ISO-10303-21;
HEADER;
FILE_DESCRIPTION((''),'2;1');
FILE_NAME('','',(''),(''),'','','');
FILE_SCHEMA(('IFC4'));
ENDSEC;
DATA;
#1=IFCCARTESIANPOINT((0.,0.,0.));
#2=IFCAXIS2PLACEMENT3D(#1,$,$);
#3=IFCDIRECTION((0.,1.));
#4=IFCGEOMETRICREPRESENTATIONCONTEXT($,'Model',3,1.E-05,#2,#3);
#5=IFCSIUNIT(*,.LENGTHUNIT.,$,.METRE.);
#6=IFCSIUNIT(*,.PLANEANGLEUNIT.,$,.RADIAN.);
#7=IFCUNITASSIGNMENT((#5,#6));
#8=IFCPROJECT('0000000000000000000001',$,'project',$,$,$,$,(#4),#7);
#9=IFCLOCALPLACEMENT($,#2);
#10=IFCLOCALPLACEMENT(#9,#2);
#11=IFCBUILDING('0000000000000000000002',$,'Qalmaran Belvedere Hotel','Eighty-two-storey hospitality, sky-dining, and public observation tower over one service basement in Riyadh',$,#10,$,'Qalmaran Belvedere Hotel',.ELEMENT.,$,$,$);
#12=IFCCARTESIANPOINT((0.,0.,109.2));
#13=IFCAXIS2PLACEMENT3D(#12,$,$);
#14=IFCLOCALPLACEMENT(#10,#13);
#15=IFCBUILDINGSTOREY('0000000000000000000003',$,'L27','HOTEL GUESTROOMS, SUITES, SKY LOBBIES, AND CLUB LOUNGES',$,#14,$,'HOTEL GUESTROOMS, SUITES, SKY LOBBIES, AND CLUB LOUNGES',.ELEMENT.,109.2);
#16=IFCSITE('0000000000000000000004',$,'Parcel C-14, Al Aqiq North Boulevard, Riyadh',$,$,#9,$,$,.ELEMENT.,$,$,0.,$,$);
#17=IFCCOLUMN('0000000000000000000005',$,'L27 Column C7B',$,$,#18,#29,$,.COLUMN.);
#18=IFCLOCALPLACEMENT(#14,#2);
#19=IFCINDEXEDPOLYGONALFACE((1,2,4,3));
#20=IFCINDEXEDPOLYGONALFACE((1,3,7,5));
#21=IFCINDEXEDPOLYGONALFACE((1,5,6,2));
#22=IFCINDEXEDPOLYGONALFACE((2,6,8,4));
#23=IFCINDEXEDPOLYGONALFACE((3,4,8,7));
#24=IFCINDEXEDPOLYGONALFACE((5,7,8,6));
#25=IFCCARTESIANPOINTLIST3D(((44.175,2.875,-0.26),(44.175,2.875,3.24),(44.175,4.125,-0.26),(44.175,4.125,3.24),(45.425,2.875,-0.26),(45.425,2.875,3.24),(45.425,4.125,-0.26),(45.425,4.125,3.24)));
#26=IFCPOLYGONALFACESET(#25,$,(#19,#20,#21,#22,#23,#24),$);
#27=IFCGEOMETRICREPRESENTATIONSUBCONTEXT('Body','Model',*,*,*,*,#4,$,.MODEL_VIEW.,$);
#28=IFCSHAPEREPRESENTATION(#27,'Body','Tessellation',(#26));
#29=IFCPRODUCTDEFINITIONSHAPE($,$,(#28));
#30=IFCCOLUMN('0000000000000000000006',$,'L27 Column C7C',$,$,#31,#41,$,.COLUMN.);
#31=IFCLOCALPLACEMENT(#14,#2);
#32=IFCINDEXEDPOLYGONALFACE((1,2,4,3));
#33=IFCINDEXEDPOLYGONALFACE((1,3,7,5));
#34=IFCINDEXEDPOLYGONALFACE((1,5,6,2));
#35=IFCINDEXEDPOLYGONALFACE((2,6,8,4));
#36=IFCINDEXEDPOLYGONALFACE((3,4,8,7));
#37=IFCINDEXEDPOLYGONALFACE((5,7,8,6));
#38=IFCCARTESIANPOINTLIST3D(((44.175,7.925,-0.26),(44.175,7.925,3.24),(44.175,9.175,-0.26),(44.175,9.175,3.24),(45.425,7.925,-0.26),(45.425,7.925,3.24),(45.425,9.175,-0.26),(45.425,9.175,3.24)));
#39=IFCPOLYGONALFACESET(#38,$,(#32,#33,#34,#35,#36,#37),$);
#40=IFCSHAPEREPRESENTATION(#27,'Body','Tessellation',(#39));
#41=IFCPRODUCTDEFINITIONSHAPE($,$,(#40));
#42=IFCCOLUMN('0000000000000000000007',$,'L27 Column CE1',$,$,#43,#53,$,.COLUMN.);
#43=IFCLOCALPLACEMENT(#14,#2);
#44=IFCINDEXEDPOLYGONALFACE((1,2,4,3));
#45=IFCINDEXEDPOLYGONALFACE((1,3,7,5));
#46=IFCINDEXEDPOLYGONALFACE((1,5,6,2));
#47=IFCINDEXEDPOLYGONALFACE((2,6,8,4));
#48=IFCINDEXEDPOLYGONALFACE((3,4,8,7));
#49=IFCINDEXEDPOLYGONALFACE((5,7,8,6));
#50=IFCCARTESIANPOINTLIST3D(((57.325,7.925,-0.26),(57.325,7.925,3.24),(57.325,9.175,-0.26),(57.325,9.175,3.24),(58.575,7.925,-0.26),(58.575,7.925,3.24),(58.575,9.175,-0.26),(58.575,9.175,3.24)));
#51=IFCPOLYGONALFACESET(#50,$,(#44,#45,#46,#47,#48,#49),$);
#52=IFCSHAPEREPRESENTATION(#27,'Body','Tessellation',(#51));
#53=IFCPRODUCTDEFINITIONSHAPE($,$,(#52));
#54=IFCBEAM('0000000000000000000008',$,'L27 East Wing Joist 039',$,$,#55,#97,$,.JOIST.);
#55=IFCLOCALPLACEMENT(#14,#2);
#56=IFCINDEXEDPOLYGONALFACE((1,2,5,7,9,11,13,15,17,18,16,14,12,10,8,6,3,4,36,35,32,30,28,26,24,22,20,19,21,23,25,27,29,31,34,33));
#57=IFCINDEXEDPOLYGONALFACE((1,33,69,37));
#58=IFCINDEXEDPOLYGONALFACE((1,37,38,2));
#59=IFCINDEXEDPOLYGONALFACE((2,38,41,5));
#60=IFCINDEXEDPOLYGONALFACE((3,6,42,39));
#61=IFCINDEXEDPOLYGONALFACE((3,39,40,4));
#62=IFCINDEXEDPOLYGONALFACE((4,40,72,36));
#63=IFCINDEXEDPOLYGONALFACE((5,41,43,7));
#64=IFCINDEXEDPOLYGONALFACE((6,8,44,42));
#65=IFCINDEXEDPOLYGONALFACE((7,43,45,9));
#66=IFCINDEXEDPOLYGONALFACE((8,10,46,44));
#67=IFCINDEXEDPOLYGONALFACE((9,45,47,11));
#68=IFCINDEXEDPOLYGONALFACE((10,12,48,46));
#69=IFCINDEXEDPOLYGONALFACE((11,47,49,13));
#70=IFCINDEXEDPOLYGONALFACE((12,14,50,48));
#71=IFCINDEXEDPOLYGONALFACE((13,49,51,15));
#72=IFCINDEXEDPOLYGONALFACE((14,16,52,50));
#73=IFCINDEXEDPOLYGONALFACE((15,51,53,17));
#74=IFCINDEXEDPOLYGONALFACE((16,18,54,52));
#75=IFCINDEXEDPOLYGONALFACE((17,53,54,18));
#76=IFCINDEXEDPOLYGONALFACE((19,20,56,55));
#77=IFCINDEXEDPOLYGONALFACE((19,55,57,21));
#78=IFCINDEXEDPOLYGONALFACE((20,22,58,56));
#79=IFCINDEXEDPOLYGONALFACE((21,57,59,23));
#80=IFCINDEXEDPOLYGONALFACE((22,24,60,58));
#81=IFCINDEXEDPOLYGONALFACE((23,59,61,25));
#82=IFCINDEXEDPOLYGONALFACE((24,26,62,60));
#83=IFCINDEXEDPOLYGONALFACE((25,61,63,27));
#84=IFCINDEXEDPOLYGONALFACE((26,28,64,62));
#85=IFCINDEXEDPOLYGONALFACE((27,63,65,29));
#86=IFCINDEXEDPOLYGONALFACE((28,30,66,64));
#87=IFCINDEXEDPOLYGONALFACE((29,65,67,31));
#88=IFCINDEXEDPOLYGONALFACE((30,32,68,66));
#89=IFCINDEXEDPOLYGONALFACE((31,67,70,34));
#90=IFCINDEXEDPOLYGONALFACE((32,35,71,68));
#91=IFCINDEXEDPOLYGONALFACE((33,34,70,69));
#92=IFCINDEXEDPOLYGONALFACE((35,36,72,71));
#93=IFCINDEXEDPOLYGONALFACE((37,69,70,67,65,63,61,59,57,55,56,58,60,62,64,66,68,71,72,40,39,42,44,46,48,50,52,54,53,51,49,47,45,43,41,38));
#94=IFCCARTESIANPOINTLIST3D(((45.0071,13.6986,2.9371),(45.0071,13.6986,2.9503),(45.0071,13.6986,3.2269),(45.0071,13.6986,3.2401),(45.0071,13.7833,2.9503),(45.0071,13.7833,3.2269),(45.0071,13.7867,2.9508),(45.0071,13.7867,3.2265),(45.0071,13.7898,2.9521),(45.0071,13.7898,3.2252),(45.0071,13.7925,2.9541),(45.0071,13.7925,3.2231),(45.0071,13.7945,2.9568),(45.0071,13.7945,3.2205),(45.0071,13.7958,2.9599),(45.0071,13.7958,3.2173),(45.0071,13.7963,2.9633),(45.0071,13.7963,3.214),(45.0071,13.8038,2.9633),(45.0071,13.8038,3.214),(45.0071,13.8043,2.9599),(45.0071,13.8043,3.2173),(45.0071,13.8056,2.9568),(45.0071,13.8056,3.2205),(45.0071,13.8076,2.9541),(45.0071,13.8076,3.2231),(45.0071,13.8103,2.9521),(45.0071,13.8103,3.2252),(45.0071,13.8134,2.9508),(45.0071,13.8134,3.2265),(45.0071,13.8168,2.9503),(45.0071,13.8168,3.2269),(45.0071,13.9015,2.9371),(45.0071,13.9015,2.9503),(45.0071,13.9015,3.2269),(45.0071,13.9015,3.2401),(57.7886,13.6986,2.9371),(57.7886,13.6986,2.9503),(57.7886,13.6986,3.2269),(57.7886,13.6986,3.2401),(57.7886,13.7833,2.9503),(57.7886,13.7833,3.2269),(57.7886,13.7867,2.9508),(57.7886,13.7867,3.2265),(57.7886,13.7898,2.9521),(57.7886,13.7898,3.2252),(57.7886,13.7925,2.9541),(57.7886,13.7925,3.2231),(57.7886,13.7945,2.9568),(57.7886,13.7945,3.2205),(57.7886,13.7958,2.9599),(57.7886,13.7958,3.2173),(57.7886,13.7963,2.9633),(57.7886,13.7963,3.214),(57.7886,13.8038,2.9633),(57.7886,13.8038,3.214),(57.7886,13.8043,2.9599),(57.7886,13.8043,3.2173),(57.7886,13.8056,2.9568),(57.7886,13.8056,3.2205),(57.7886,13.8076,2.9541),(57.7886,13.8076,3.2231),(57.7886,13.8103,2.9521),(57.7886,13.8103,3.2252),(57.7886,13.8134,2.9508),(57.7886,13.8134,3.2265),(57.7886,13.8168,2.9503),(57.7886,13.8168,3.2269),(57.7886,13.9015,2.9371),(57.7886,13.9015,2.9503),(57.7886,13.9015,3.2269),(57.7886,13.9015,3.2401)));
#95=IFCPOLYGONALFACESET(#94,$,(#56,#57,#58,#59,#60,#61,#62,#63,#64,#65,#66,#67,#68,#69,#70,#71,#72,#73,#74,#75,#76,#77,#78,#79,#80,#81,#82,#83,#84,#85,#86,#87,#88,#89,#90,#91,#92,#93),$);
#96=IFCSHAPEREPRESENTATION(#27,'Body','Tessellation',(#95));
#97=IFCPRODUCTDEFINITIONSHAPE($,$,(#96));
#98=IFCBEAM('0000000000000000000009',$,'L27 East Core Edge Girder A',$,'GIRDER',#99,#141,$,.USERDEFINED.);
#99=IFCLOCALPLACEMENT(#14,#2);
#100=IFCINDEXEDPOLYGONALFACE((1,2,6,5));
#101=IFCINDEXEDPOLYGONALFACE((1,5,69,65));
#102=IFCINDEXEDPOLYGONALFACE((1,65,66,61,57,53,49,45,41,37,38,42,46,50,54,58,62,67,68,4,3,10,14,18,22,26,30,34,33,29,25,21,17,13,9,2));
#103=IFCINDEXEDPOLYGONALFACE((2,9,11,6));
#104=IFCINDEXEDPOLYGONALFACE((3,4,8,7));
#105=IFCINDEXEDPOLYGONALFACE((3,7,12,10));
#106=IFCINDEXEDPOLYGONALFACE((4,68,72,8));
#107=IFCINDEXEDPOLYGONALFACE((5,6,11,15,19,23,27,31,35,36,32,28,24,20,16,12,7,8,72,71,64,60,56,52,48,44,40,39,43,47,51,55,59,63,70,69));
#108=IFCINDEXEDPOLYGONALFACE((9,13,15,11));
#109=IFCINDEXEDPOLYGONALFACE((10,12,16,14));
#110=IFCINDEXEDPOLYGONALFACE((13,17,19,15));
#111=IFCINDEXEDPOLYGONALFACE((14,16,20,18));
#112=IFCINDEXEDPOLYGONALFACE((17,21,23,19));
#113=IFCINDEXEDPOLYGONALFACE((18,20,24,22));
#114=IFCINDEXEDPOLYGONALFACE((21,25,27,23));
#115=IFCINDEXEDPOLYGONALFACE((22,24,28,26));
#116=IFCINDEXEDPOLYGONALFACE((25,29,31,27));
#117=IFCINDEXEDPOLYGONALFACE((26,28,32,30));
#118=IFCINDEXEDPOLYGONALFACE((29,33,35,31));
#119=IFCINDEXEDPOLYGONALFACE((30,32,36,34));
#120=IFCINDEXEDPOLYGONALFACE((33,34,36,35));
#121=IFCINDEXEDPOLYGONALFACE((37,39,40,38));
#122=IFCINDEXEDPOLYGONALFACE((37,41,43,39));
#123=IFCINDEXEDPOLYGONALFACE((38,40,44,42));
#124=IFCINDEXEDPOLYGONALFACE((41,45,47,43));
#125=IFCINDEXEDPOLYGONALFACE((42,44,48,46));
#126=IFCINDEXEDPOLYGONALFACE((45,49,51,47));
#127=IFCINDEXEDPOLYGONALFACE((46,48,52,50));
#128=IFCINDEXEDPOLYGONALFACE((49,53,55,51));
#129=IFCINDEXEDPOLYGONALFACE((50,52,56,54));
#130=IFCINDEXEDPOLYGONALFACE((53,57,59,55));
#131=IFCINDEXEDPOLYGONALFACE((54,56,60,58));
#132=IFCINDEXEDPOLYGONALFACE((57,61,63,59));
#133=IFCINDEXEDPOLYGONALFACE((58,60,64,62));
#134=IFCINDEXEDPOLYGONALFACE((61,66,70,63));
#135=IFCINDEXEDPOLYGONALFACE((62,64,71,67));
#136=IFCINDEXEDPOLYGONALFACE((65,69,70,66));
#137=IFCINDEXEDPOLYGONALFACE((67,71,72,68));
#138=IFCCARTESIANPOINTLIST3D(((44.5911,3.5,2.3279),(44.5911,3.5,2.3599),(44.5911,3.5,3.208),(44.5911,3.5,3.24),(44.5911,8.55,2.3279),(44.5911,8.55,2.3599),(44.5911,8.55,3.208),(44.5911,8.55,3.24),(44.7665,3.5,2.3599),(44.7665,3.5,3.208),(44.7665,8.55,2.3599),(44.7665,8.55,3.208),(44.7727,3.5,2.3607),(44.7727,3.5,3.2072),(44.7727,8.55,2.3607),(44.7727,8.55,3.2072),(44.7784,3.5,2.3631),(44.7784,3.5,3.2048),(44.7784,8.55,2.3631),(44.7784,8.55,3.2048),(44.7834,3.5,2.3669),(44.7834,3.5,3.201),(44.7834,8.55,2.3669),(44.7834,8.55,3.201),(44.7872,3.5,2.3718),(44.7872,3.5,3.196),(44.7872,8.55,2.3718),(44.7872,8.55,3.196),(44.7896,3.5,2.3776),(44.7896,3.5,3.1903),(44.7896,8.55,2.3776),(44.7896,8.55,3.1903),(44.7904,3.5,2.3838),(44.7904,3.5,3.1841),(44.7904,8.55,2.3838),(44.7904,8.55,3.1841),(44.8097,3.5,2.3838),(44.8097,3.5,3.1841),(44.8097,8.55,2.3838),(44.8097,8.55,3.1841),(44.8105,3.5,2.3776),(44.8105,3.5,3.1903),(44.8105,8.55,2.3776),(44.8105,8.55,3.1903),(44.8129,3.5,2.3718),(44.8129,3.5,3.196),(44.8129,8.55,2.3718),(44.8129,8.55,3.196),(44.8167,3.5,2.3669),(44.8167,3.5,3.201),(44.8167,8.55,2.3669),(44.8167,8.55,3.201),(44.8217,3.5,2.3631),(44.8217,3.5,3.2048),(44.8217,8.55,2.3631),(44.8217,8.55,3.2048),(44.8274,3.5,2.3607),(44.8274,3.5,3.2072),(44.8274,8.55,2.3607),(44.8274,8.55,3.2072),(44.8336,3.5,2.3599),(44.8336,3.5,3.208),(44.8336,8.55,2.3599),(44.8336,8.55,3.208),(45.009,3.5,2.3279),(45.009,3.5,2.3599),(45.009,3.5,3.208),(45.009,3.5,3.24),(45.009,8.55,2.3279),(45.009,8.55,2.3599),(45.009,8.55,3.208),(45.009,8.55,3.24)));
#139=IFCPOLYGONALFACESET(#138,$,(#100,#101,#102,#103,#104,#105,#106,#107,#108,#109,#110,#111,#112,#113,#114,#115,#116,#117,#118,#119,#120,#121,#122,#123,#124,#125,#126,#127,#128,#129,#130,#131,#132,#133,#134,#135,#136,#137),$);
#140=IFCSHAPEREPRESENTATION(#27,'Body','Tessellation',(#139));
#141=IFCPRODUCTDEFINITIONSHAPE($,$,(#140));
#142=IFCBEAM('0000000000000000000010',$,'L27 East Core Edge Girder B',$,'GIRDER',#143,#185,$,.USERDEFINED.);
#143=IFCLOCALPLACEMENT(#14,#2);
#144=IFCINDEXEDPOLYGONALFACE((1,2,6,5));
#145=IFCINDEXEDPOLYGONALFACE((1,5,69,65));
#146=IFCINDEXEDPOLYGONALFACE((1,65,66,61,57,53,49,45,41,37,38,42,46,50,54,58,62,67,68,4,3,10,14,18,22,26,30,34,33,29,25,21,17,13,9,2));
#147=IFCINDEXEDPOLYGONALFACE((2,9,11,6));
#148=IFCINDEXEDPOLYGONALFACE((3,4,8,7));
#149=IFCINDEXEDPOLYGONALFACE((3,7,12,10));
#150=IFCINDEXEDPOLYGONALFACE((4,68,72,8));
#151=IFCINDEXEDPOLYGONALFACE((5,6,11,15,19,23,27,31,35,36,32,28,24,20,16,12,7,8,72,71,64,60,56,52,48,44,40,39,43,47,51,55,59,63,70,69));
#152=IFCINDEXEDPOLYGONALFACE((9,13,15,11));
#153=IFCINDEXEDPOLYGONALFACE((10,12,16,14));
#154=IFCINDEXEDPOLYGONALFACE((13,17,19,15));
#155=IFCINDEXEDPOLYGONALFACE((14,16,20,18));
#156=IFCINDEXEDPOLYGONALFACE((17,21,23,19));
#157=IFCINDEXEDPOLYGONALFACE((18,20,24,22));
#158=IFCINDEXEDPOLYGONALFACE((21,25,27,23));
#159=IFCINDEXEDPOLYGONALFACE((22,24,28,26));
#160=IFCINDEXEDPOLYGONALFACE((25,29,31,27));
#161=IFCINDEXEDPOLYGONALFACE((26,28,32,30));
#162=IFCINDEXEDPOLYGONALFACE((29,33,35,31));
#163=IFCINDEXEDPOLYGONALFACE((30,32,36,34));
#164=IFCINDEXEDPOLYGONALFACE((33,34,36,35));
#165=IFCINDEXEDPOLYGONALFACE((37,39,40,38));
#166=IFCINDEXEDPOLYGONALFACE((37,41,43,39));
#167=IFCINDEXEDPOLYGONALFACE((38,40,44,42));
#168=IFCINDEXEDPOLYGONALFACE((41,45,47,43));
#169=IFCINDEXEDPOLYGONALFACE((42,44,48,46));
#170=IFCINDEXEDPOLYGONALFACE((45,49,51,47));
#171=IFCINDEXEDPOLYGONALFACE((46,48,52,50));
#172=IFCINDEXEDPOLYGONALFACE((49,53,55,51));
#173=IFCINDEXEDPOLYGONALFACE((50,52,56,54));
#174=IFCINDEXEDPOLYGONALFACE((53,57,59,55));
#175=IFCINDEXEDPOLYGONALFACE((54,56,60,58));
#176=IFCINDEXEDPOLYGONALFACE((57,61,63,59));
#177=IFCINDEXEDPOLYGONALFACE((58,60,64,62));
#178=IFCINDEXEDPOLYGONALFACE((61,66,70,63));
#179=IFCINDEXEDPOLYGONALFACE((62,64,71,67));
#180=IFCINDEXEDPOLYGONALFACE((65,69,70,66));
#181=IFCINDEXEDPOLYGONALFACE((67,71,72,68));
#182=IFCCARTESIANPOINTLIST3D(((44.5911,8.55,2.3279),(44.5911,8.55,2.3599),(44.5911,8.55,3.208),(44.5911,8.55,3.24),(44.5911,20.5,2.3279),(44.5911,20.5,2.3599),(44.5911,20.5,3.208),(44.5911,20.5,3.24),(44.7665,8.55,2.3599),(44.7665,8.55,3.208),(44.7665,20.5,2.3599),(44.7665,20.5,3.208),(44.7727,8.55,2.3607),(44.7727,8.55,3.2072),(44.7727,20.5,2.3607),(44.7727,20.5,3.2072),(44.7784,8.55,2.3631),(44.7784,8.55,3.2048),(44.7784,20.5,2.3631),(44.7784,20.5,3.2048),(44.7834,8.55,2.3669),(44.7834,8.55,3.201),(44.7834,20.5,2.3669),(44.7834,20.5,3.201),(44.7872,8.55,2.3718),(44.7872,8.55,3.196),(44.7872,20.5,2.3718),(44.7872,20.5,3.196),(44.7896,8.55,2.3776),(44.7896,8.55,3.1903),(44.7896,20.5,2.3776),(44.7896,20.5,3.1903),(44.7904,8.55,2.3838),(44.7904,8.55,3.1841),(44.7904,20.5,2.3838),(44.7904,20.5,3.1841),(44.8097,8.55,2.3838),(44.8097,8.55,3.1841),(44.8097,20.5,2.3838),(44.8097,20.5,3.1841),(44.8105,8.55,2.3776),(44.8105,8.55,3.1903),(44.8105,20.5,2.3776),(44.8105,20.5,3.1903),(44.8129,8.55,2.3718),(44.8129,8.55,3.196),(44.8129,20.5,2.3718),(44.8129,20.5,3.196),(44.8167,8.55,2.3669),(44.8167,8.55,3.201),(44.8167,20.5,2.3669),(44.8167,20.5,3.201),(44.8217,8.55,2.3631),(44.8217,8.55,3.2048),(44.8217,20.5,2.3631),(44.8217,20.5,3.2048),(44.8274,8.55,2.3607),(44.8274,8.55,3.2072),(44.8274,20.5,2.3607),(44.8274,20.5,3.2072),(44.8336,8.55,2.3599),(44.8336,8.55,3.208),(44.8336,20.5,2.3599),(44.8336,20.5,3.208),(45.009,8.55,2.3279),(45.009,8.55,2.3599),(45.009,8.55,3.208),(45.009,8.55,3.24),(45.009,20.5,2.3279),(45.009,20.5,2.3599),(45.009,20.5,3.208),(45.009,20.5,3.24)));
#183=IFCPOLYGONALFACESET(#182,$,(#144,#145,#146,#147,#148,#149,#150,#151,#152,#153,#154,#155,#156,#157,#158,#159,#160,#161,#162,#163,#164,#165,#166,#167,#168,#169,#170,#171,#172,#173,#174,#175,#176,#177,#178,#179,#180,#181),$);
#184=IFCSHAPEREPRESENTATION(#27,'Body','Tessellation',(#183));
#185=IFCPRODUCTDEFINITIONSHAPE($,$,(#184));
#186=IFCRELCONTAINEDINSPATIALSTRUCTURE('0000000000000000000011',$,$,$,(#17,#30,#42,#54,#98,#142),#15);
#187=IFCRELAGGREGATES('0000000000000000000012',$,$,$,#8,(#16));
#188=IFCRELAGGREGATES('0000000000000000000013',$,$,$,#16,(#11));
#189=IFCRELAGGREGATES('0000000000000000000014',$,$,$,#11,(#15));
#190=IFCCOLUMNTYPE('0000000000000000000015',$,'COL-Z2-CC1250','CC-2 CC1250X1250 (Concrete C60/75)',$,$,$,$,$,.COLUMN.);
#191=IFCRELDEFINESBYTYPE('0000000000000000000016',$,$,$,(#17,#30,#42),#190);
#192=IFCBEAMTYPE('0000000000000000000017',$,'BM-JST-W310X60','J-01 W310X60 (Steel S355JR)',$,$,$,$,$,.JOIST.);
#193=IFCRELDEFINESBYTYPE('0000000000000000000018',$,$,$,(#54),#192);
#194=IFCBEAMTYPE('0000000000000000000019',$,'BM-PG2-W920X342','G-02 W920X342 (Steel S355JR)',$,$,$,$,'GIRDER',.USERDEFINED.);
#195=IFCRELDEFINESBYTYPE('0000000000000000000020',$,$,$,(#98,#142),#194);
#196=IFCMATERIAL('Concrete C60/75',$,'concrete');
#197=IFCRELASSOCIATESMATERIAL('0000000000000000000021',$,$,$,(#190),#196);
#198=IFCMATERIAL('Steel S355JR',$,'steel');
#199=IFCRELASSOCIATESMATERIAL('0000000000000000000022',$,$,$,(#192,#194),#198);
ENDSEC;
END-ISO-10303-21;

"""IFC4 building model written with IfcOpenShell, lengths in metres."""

from ifc_helpers import new_model, si_unit, direction, frame, origin, origin_2d, place, context, subcontext, project, spatial, rectangle, i_section, extrude, material, material_profile, profile_set, type_object, element, save


model = new_model("IFC4")

# Units and contexts
model_context = context("Model", 3, precision=1e-05, world=origin(), true_north=direction((0.0, 1.0)))
body_context = subcontext(model_context, "Body", "Model", "MODEL_VIEW")
ifc_project = project(units=[si_unit("LENGTHUNIT", "METRE"), si_unit("PLANEANGLEUNIT", "RADIAN")], contexts=[model_context])

# Site, building, storey
site_placement = place(None, origin())
site = spatial("IfcSite", under=ifc_project, at=site_placement, Name="Parcel C-14, Al Aqiq North Boulevard, Riyadh", CompositionType="ELEMENT", RefElevation=0.0)
building_placement = place(site_placement, origin())
building = spatial("IfcBuilding", under=site, at=building_placement, Name="Qalmaran Belvedere Hotel", Description="Eighty-two-storey hospitality, sky-dining, and public observation tower over one service basement in Riyadh", LongName="Qalmaran Belvedere Hotel", CompositionType="ELEMENT")
storey_placement = place(building_placement, frame((0.0, 0.0, 109.2)))
storey = spatial("IfcBuildingStorey", under=building, at=storey_placement, Name="L27", Description="HOTEL GUESTROOMS, SUITES, SKY LOBBIES, AND CLUB LOUNGES", LongName="HOTEL GUESTROOMS, SUITES, SKY LOBBIES, AND CLUB LOUNGES", CompositionType="ELEMENT", Elevation=109.2)

# Columns
ifc_material_1 = material(Name="Concrete C60/75", Category="concrete")
ifc_material_profile_1 = material_profile(ifc_material_1, rectangle(XDim=1.25, YDim=1.25, at=origin_2d()), Name="CC1250X1250")
ifc_profile_set_1 = profile_set([ifc_material_profile_1], Name="Concrete C60/75")
column_type = type_object("IfcColumnType", Name="COL-Z2-CC1250", Description="CC-2 CC1250X1250 (Concrete C60/75)", PredefinedType="COLUMN", material=ifc_profile_set_1)
for number, where, z_axis, x_axis, name in (
    (1, (44.8, 3.5, -0.26), (0.0, 0.0, 1.0), (1.0, 0.0, 0.0), "L27 Column C7B"),
    (2, (44.8, 8.55, -0.26), (0.0, 0.0, 1.0), (1.0, 0.0, 0.0), "L27 Column C7C"),
    (3, (57.95, 8.55, -0.26), (0.0, 0.0, 1.0), (1.0, 0.0, 0.0), "L27 Column CE1"),
):
    element("IfcColumn", number, at=place(storey_placement, frame(where, z_axis=z_axis, x_axis=x_axis)), inside=storey, type_object=column_type, Name=name, PredefinedType="COLUMN", context=body_context, shape_type="SweptSolid", body=[
        extrude(rectangle(XDim=1.25, YDim=1.25, at=origin_2d()), origin(), (0.0, 0.0, 1.0), 3.5),
    ])

# Beams
ifc_material_2 = material(Name="Steel S355JR", Category="steel")
ifc_material_profile_2 = material_profile(ifc_material_2, i_section(OverallWidth=0.2029, OverallDepth=0.303, WebThickness=0.0076, FlangeThickness=0.0132, FilletRadius=0.0129, at=origin_2d()), Name="W310X60")
ifc_profile_set_2 = profile_set([ifc_material_profile_2], Name="Steel S355JR")
beam_type_1 = type_object("IfcBeamType", Name="BM-JST-W310X60", Description="J-01 W310X60 (Steel S355JR)", PredefinedType="JOIST", material=ifc_profile_set_2)
beam_1_placement = place(storey_placement, frame((45.0071, 13.8, 3.0886), z_axis=(1.0, 0.0, 0.0), x_axis=(0.0, 1.0, 0.0)))
element("IfcBeam", 4, at=beam_1_placement, inside=storey, type_object=beam_type_1, Name="L27 East Wing Joist 039", PredefinedType="JOIST", context=body_context, shape_type="SweptSolid", body=[
    extrude(i_section(OverallWidth=0.2029, OverallDepth=0.303, WebThickness=0.0076, FlangeThickness=0.0132, FilletRadius=0.0129, at=origin_2d()), origin(), (0.0, 0.0, 1.0), 12.7815),
])
ifc_material_profile_3 = material_profile(ifc_material_2, i_section(OverallWidth=0.418, OverallDepth=0.9121, WebThickness=0.0193, FlangeThickness=0.032, FilletRadius=0.0239, at=origin_2d()), Name="W920X342")
ifc_profile_set_3 = profile_set([ifc_material_profile_3], Name="Steel S355JR")
beam_type_2 = type_object("IfcBeamType", Name="BM-PG2-W920X342", Description="G-02 W920X342 (Steel S355JR)", ElementType="GIRDER", PredefinedType="USERDEFINED", material=ifc_profile_set_3)
beam_2_placement = place(storey_placement, frame((44.8, 3.5, 2.7839), z_axis=(0.0, 1.0, 0.0), x_axis=(-1.0, 0.0, 0.0)))
element("IfcBeam", 5, at=beam_2_placement, inside=storey, type_object=beam_type_2, Name="L27 East Core Edge Girder A", ObjectType="GIRDER", PredefinedType="USERDEFINED", context=body_context, shape_type="SweptSolid", body=[
    extrude(i_section(OverallWidth=0.418, OverallDepth=0.9121, WebThickness=0.0193, FlangeThickness=0.032, FilletRadius=0.0239, at=origin_2d()), origin(), (0.0, 0.0, 1.0), 5.05),
])
beam_3_placement = place(storey_placement, frame((44.8, 8.55, 2.7839), z_axis=(0.0, 1.0, 0.0), x_axis=(-1.0, 0.0, 0.0)))
element("IfcBeam", 6, at=beam_3_placement, inside=storey, type_object=beam_type_2, Name="L27 East Core Edge Girder B", ObjectType="GIRDER", PredefinedType="USERDEFINED", context=body_context, shape_type="SweptSolid", body=[
    extrude(i_section(OverallWidth=0.418, OverallDepth=0.9121, WebThickness=0.0193, FlangeThickness=0.032, FilletRadius=0.0239, at=origin_2d()), origin(), (0.0, 0.0, 1.0), 11.95),
])

save(model, "model.ifc")
